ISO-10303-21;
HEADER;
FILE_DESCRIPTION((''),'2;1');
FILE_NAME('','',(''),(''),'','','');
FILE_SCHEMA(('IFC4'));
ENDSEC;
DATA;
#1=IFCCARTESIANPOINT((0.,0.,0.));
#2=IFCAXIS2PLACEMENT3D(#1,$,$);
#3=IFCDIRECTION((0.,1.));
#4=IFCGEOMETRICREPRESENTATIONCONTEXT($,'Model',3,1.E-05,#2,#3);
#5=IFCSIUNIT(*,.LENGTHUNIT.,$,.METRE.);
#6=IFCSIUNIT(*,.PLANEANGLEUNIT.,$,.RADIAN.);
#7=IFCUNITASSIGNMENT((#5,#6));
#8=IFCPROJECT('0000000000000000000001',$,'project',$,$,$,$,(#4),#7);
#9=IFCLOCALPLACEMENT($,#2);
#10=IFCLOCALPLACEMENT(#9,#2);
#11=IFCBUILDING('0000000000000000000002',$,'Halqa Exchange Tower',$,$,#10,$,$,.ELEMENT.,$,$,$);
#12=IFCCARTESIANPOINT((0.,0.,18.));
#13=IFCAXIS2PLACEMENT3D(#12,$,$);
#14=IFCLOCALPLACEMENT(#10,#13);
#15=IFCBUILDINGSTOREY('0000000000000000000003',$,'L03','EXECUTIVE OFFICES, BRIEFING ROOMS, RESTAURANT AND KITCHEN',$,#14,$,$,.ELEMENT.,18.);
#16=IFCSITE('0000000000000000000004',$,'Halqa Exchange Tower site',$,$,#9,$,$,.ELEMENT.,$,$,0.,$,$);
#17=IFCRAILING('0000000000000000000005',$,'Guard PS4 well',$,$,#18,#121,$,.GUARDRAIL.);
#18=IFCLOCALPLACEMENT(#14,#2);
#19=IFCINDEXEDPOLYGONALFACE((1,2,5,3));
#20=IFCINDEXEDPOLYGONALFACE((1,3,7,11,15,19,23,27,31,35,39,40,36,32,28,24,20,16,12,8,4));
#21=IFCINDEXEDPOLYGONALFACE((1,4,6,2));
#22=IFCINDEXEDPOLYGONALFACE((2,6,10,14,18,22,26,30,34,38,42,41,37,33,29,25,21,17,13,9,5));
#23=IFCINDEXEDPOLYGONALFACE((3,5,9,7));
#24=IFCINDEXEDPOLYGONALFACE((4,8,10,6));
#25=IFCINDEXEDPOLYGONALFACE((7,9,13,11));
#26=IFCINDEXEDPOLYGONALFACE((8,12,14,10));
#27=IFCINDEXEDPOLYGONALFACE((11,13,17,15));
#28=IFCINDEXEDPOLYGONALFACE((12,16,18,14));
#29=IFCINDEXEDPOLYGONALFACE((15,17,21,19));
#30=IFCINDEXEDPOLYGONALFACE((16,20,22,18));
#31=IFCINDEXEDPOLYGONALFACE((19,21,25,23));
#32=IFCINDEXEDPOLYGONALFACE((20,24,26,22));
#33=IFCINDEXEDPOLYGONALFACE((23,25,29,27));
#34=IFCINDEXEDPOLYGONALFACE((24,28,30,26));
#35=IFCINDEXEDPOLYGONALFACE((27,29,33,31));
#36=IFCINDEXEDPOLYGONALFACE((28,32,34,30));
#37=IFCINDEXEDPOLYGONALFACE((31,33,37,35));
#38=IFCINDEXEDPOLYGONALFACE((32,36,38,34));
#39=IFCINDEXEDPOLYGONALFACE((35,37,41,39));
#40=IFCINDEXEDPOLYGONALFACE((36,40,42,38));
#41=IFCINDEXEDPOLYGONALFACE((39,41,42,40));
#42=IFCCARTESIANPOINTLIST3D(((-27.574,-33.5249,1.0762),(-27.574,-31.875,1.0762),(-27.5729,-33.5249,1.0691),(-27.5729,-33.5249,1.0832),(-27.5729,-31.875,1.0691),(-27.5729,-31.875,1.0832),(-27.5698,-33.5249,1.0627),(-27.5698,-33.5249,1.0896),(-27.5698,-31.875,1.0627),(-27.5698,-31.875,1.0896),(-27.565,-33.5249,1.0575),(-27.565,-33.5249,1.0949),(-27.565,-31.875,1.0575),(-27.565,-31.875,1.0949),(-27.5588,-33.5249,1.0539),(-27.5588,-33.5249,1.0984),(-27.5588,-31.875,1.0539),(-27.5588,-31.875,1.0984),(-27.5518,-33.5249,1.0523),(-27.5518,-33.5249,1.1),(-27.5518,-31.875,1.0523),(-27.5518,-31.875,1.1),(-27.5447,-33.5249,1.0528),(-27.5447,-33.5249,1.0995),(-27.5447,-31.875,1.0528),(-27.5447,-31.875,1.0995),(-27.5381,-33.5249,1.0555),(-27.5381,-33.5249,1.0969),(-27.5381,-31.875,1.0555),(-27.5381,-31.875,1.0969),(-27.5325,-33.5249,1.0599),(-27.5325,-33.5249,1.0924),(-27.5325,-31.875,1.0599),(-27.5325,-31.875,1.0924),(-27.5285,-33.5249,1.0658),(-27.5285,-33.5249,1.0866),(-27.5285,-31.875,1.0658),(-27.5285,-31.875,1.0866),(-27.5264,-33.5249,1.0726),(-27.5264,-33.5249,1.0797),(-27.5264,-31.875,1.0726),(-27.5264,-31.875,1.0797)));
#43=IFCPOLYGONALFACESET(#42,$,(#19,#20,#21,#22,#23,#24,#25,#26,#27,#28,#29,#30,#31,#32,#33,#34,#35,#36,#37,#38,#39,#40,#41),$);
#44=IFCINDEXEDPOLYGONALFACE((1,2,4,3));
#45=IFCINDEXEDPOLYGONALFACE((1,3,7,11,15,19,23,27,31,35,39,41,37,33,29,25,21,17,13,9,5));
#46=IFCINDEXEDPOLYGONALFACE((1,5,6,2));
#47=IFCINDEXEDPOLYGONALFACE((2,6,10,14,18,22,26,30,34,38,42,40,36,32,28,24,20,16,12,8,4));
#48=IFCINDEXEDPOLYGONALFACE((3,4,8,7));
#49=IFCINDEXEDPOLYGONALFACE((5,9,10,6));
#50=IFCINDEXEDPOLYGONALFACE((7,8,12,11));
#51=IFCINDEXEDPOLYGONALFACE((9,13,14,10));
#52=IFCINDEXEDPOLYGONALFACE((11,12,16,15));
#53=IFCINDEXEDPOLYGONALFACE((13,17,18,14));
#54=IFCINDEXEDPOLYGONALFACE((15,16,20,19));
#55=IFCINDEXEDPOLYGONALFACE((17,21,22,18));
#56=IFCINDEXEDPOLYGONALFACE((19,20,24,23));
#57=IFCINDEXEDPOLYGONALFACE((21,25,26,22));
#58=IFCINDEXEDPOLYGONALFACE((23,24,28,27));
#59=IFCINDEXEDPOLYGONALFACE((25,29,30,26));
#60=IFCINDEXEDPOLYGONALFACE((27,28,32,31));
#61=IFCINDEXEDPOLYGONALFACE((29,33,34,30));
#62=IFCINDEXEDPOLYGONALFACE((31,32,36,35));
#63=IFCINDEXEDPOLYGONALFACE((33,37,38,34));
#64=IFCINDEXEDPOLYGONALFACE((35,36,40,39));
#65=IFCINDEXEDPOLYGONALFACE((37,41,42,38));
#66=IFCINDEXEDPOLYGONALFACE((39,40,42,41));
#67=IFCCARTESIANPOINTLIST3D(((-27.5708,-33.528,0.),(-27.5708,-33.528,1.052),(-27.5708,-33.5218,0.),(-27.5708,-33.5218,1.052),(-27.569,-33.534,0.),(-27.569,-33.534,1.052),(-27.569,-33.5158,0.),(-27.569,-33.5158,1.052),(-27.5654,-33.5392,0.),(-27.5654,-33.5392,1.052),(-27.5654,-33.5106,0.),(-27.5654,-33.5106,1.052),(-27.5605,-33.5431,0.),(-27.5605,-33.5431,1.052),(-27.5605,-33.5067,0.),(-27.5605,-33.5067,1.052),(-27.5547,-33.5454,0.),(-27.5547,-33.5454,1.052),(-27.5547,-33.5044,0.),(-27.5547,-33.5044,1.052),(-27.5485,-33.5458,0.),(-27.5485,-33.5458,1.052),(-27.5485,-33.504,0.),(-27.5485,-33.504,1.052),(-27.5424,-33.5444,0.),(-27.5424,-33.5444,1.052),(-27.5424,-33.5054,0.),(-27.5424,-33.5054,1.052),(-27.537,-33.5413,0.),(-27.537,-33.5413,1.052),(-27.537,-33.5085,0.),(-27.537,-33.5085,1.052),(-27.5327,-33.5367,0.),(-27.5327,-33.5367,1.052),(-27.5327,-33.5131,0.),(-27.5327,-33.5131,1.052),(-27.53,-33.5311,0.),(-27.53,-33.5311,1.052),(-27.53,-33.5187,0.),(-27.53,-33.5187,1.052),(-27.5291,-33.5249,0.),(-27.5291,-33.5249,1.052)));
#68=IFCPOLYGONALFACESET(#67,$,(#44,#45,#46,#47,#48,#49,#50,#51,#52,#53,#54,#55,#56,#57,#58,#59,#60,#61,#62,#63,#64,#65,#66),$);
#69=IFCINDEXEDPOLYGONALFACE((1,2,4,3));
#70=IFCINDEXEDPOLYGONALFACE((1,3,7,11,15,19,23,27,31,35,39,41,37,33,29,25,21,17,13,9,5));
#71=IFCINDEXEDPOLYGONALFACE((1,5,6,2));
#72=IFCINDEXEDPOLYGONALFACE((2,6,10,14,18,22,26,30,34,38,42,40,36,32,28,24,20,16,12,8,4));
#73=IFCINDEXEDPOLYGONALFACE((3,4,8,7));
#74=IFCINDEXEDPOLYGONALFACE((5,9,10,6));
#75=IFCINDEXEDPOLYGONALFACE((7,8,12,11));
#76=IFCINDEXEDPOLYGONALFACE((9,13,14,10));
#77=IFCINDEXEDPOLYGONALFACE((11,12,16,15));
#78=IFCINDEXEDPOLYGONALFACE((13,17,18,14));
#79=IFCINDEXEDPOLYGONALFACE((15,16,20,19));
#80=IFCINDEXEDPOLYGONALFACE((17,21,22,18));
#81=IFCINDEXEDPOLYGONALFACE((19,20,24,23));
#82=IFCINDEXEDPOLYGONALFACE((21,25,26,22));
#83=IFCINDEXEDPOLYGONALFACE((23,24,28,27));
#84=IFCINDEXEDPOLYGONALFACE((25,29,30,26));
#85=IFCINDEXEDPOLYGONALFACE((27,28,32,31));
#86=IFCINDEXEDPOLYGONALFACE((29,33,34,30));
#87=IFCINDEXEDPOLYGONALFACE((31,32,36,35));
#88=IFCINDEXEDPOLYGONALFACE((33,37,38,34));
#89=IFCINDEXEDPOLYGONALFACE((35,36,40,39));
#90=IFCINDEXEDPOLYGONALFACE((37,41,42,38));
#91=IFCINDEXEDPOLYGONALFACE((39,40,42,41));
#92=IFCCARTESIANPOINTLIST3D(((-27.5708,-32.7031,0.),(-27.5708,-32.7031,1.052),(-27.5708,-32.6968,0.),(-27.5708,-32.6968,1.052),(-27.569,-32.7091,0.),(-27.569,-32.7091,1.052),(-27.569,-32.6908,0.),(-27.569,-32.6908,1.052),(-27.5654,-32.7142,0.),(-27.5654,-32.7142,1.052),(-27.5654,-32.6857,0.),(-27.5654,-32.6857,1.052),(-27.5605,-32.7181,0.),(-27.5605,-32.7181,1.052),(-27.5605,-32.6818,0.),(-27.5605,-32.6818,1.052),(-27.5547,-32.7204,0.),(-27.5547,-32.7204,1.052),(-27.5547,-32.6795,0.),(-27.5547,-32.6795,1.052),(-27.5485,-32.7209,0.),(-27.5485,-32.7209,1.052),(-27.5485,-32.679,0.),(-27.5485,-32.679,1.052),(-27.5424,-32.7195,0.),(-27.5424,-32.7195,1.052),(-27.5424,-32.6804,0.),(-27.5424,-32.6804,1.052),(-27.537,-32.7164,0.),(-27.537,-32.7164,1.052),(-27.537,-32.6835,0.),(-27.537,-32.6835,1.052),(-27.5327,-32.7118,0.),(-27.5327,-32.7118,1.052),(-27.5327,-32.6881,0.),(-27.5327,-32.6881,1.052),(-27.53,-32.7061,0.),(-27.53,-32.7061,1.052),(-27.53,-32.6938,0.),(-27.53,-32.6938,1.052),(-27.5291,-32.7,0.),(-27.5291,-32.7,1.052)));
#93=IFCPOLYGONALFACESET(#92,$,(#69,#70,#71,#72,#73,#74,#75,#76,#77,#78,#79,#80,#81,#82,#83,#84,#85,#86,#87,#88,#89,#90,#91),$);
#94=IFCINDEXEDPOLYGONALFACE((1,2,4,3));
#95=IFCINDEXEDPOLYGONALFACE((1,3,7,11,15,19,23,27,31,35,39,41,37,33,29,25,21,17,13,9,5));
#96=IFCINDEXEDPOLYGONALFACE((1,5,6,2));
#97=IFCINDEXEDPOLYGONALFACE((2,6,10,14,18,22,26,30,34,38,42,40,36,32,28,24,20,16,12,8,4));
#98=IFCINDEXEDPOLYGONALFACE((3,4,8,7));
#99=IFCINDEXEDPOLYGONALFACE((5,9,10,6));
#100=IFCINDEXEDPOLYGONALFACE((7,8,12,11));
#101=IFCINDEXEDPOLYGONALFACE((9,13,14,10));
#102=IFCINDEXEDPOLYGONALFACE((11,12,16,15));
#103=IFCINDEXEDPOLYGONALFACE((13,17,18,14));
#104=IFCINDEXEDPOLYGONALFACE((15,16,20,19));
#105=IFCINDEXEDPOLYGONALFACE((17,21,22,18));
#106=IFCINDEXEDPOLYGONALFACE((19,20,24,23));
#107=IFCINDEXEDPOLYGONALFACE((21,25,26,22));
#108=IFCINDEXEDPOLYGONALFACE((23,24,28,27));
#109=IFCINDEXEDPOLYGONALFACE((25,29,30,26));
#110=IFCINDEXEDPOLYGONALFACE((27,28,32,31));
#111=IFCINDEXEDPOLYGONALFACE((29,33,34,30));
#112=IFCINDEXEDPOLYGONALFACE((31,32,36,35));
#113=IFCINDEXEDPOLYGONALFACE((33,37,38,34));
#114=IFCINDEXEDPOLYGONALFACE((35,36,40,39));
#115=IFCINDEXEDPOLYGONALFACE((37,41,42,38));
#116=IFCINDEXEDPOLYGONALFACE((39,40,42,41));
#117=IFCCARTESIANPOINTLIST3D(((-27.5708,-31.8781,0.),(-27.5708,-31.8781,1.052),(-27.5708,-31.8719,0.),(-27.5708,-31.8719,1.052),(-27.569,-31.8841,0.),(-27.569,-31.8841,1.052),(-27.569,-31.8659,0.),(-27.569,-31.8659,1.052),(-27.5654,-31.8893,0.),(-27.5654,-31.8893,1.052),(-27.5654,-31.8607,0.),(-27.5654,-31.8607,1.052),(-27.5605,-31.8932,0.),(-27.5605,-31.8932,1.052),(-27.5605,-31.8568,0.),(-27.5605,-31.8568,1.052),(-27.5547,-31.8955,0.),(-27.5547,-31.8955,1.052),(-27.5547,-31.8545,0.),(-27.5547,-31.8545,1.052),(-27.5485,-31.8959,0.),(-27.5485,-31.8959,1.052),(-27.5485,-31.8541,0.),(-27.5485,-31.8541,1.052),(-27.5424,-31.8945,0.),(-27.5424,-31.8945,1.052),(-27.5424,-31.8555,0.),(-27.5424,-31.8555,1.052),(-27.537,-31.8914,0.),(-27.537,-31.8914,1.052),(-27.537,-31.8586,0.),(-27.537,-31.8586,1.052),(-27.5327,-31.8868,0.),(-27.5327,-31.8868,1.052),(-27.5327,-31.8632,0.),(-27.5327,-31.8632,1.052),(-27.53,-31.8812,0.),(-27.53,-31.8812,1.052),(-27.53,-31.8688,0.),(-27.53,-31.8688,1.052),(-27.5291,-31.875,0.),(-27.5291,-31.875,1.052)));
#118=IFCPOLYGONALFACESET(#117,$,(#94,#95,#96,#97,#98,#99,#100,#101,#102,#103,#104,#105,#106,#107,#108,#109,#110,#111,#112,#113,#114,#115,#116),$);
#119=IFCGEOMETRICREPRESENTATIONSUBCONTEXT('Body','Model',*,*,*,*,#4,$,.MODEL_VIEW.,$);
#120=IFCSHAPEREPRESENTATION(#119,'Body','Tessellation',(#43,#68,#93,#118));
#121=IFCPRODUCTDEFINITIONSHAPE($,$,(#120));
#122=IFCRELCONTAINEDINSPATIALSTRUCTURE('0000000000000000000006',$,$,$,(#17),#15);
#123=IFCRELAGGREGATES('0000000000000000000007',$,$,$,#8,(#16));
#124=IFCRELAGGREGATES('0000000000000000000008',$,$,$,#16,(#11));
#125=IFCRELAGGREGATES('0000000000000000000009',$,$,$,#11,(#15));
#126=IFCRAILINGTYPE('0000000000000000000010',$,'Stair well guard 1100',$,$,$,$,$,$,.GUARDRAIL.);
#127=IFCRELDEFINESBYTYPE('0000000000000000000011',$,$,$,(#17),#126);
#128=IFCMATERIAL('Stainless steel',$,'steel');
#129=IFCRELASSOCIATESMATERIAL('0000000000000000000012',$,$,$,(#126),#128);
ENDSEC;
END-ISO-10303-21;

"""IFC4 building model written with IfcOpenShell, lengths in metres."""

from ifc_helpers import new_model, si_unit, direction, frame, origin, origin_2d, place, context, subcontext, project, spatial, circle, extrude, material, type_object, element, save


model = new_model("IFC4")

# Units and contexts
model_context = context("Model", 3, precision=1e-05, world=origin(), true_north=direction((0.0, 1.0)))
body_context = subcontext(model_context, "Body", "Model", "MODEL_VIEW")
ifc_project = project(units=[si_unit("LENGTHUNIT", "METRE"), si_unit("PLANEANGLEUNIT", "RADIAN")], contexts=[model_context])

# Site, building, storey
site_placement = place(None, origin())
site = spatial("IfcSite", under=ifc_project, at=site_placement, Name="Halqa Exchange Tower site", CompositionType="ELEMENT", RefElevation=0.0)
building_placement = place(site_placement, origin())
building = spatial("IfcBuilding", under=site, at=building_placement, Name="Halqa Exchange Tower", CompositionType="ELEMENT")
storey_placement = place(building_placement, frame((0.0, 0.0, 18.0)))
storey = spatial("IfcBuildingStorey", under=building, at=storey_placement, Name="L03", Description="EXECUTIVE OFFICES, BRIEFING ROOMS, RESTAURANT AND KITCHEN", CompositionType="ELEMENT", Elevation=18.0)

# Railing
ifc_material_1 = material(Name="Stainless steel", Category="steel")
railing_type = type_object("IfcRailingType", Name="Stair well guard 1100", PredefinedType="GUARDRAIL", material=ifc_material_1)
railing_placement = place(storey_placement, frame((-27.55, -33.5249, 0.0)))
element("IfcRailing", 1, at=railing_placement, inside=storey, type_object=railing_type, Name="Guard PS4 well", PredefinedType="GUARDRAIL", context=body_context, shape_type="SweptSolid", body=[
    extrude(circle(Radius=0.0239, at=origin_2d()), frame((0.0, 0.0, 1.0762), z_axis=(0.0, 1.0, 0.0), x_axis=(-1.0, 0.0, 0.0)), (0.0, 0.0, 1.0), 1.6499),
    extrude(circle(Radius=0.021, at=origin_2d()), origin(), (0.0, 0.0, 1.0), 1.052),
    extrude(circle(Radius=0.021, at=origin_2d()), frame((0.0, 0.825, 0.0)), (0.0, 0.0, 1.0), 1.052),
    extrude(circle(Radius=0.021, at=origin_2d()), frame((0.0, 1.6499, 0.0)), (0.0, 0.0, 1.0), 1.052),
])

save(model, "model.ifc")
